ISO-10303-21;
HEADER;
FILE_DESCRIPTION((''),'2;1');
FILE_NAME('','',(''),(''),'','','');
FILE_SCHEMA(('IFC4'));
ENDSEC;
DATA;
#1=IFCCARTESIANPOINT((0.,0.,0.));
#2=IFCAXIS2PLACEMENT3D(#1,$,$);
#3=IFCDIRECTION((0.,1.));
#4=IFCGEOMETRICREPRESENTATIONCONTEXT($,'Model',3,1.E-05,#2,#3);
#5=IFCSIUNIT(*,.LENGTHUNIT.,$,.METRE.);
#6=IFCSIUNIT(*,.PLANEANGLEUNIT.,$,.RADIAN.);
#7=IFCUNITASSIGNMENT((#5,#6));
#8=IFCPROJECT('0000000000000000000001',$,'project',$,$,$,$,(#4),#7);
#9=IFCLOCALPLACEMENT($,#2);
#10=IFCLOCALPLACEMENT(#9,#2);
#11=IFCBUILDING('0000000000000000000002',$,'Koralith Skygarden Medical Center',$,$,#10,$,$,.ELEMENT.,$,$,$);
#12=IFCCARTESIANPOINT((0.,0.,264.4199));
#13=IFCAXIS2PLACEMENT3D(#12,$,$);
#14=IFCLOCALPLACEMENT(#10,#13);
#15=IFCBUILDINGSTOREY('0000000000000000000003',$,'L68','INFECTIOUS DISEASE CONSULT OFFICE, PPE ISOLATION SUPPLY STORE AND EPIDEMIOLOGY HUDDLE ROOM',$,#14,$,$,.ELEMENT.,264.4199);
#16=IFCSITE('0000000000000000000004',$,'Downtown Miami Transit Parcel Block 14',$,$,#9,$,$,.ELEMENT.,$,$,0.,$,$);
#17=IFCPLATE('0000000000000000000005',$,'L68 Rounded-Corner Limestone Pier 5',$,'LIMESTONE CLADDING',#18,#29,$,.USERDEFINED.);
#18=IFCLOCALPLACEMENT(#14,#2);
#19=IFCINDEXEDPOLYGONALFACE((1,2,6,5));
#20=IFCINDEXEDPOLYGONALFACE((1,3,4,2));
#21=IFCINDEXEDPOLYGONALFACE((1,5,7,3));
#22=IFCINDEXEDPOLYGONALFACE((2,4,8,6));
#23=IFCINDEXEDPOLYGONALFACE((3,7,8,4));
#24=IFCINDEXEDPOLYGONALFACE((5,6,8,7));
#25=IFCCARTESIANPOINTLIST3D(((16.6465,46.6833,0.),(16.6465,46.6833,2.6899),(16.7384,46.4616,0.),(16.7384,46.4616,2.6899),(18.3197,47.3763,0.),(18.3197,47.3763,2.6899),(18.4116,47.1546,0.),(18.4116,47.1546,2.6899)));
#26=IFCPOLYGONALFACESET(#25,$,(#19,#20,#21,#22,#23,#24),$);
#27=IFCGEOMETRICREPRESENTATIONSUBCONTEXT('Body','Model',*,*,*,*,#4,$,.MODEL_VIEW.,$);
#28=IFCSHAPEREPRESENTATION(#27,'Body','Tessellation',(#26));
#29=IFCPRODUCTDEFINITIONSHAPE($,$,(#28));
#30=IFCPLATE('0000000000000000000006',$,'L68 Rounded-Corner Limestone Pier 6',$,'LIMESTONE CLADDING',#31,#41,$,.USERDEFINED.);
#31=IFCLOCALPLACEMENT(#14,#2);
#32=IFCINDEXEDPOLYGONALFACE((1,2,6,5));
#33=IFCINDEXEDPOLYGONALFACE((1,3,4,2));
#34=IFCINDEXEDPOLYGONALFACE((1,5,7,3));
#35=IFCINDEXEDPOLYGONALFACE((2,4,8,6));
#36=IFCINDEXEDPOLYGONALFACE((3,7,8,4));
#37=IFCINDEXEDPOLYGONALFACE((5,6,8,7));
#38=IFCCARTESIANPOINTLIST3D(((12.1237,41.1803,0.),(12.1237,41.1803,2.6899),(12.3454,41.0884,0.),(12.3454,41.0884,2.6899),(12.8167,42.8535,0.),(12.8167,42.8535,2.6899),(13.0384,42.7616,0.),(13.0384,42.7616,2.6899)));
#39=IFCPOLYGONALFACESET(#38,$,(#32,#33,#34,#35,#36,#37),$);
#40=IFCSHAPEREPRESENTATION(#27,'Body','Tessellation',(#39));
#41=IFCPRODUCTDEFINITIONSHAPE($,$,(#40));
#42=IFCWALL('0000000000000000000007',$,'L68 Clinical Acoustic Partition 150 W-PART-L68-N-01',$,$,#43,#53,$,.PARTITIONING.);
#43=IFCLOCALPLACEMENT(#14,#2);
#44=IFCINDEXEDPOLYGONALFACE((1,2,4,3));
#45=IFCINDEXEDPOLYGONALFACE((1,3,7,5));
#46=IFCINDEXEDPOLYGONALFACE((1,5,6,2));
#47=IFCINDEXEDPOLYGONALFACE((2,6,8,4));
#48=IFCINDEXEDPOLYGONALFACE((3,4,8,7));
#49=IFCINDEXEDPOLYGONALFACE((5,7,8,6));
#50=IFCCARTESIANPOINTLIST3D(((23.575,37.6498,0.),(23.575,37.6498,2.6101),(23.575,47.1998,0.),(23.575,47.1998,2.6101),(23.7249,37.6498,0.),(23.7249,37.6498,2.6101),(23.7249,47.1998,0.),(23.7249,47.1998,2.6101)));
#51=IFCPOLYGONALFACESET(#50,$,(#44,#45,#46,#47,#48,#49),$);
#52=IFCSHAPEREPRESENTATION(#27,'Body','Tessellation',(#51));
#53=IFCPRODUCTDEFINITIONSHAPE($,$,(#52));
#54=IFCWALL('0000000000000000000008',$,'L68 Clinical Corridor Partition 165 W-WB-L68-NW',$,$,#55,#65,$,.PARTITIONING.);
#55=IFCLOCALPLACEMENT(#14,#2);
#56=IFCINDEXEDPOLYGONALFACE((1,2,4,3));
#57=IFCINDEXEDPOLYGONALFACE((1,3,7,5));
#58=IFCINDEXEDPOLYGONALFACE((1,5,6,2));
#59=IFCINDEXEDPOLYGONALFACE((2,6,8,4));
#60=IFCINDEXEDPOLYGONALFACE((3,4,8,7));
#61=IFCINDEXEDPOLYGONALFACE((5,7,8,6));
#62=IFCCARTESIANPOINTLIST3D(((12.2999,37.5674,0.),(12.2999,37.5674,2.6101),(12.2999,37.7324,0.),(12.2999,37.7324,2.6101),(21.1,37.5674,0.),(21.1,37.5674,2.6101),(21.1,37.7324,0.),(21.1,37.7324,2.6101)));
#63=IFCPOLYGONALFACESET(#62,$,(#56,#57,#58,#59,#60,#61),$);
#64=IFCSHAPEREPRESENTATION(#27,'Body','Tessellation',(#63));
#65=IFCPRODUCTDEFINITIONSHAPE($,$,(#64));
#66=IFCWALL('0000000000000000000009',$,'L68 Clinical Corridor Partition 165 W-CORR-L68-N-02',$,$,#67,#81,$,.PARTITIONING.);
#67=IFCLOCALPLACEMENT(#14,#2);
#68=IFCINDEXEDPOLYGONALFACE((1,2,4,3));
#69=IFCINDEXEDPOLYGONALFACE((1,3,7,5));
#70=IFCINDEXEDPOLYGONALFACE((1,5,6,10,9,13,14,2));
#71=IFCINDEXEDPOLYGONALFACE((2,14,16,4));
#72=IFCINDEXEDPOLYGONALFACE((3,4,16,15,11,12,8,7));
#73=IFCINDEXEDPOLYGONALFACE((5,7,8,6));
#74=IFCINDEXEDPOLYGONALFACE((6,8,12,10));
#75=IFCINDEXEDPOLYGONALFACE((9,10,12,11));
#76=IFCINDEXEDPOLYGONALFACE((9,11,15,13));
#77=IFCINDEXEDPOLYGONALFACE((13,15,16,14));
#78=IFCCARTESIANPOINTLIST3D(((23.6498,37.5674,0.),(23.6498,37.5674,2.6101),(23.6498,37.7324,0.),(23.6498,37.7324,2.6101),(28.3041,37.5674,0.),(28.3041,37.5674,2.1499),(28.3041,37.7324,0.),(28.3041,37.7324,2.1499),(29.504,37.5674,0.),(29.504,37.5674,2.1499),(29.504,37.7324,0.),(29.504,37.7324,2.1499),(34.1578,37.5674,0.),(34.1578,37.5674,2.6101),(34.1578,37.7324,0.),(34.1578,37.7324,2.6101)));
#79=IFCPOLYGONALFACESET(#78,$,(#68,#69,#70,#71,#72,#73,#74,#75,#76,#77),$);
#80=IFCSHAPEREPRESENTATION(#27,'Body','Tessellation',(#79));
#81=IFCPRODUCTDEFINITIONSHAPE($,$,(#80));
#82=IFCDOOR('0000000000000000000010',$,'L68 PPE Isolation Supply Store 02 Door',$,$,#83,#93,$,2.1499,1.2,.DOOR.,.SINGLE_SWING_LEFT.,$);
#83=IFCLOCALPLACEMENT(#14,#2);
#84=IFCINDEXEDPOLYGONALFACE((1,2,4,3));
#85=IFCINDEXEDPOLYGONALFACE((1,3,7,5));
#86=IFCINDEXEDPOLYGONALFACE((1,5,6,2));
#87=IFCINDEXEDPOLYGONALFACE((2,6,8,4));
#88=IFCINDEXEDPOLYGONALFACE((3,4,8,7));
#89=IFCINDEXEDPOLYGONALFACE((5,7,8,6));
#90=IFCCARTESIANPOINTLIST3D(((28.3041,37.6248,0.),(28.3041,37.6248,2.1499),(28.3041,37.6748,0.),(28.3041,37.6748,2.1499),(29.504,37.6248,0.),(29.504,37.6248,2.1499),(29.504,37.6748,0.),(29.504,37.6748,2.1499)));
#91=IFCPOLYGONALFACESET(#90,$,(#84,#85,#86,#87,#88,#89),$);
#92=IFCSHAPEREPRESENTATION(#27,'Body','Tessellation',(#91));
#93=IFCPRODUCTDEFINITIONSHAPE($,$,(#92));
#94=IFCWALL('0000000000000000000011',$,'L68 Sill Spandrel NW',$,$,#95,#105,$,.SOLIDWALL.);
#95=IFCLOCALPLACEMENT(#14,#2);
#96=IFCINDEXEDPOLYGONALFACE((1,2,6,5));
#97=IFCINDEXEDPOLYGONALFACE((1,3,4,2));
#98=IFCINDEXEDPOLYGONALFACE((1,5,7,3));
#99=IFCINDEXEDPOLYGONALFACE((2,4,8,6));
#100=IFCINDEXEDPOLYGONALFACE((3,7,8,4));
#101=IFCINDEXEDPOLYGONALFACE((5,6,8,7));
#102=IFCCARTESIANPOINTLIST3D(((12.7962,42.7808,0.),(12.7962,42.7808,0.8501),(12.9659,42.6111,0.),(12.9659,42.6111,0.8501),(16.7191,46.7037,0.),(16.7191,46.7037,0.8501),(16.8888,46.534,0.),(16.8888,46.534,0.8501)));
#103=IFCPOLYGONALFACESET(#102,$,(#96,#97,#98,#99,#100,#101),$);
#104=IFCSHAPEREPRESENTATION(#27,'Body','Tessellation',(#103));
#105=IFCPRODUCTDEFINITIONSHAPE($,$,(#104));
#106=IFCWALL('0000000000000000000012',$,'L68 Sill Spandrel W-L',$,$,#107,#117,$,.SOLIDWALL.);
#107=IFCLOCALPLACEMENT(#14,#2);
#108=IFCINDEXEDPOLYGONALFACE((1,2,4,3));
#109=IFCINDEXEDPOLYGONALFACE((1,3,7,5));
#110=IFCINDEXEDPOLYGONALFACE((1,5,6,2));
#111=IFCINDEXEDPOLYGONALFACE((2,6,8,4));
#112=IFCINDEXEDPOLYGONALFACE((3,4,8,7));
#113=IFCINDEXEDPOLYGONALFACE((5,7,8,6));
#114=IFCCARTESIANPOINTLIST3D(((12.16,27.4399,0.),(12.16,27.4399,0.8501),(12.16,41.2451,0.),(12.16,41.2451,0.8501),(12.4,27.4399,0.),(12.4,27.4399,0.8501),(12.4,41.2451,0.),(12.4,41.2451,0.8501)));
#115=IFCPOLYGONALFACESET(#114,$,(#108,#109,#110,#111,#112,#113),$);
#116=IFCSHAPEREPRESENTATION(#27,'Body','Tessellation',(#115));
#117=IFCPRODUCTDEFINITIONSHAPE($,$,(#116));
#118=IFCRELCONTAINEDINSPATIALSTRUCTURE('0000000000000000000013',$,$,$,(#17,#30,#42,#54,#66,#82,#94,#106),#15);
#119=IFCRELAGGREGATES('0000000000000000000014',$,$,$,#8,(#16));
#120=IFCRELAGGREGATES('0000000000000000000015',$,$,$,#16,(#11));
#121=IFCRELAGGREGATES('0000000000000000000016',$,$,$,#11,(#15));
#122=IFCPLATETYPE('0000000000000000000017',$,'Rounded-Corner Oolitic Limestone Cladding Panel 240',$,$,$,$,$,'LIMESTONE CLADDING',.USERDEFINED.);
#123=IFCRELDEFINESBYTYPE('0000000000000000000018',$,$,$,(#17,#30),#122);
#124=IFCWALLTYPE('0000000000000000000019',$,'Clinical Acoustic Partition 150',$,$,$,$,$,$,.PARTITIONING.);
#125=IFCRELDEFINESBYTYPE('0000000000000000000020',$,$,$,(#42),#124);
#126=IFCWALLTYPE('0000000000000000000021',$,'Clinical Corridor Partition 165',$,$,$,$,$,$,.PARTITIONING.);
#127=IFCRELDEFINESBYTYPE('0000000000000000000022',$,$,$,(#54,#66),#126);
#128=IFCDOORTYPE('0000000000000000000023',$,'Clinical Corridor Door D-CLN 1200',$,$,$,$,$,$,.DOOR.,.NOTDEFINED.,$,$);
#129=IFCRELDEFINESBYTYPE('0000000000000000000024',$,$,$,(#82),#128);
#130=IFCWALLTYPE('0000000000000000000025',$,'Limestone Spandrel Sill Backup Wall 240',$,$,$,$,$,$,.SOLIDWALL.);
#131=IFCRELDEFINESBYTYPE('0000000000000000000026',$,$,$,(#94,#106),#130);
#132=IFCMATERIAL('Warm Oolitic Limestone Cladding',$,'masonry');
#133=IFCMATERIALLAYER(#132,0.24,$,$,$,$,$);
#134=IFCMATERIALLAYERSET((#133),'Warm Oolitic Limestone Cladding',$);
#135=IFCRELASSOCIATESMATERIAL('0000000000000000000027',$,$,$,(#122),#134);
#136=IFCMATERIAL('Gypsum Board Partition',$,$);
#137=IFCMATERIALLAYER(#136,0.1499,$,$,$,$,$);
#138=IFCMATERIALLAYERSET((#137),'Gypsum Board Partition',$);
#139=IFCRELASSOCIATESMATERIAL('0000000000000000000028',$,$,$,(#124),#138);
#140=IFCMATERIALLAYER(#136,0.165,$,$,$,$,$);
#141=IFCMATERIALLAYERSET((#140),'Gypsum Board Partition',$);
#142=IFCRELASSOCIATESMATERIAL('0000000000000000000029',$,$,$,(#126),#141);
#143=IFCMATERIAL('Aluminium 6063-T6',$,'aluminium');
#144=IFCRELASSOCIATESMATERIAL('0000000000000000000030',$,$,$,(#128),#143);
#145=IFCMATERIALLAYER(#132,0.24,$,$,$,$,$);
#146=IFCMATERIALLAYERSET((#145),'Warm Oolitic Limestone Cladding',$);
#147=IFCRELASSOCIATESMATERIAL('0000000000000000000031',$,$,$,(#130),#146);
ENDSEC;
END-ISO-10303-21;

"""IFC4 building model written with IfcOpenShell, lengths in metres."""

from ifc_helpers import new_model, si_unit, direction, frame, frame_2d, origin, origin_2d, place, context, subcontext, project, spatial, rectangle, extrude, material, layer, layer_set, type_object, element, fill, save


model = new_model("IFC4")

# Units and contexts
model_context = context("Model", 3, precision=1e-05, world=origin(), true_north=direction((0.0, 1.0)))
body_context = subcontext(model_context, "Body", "Model", "MODEL_VIEW")
ifc_project = project(units=[si_unit("LENGTHUNIT", "METRE"), si_unit("PLANEANGLEUNIT", "RADIAN")], contexts=[model_context])

# Site, building, storey
site_placement = place(None, origin())
site = spatial("IfcSite", under=ifc_project, at=site_placement, Name="Downtown Miami Transit Parcel Block 14", CompositionType="ELEMENT", RefElevation=0.0)
building_placement = place(site_placement, origin())
building = spatial("IfcBuilding", under=site, at=building_placement, Name="Koralith Skygarden Medical Center", CompositionType="ELEMENT")
storey_placement = place(building_placement, frame((0.0, 0.0, 264.4199)))
storey = spatial("IfcBuildingStorey", under=building, at=storey_placement, Name="L68", Description="INFECTIOUS DISEASE CONSULT OFFICE, PPE ISOLATION SUPPLY STORE AND EPIDEMIOLOGY HUDDLE ROOM", CompositionType="ELEMENT", Elevation=264.4199)

# Shared definitions
ifc_material_1 = material(Name="Aluminium 6063-T6", Category="aluminium")

# Plates
ifc_material_2 = material(Name="Warm Oolitic Limestone Cladding", Category="masonry")
ifc_layer_1 = layer(ifc_material_2, 0.24)
ifc_layer_set_1 = layer_set([ifc_layer_1], Name="Warm Oolitic Limestone Cladding")
plate_type_1 = type_object("IfcPlateType", Name="Rounded-Corner Oolitic Limestone Cladding Panel 240", ElementType="LIMESTONE CLADDING", PredefinedType="USERDEFINED", material=ifc_layer_set_1)
for number, where, z_axis, x_axis, name in (
    (1, (17.5291, 46.9189, 0.0), (0.0, 0.0, 1.0), (-0.923885, -0.382671, 0.0), "L68 Rounded-Corner Limestone Pier 5"),
    (2, (12.5811, 41.9709, 0.0), (0.0, 0.0, 1.0), (-0.382671, -0.923885, 0.0), "L68 Rounded-Corner Limestone Pier 6"),
):
    element("IfcPlate", number, at=place(storey_placement, frame(where, z_axis=z_axis, x_axis=x_axis)), inside=storey, type_object=plate_type_1, Name=name, ObjectType="LIMESTONE CLADDING", PredefinedType="USERDEFINED", context=body_context, shape_type="SweptSolid", body=[
        extrude(rectangle(XDim=1.811, YDim=0.24, at=origin_2d()), origin(), (0.0, 0.0, 1.0), 2.6899),
    ])

# Walls
ifc_material_3 = material(Name="Gypsum Board Partition")
ifc_layer_2 = layer(ifc_material_3, 0.1499)
ifc_layer_set_2 = layer_set([ifc_layer_2], Name="Gypsum Board Partition")
wall_type_1 = type_object("IfcWallType", Name="Clinical Acoustic Partition 150", PredefinedType="PARTITIONING", material=ifc_layer_set_2)
wall_1_placement = place(storey_placement, frame((23.6499, 37.6499, 0.0), z_axis=(0.0, 0.0, 1.0), x_axis=(0.0, 1.0, 0.0)))
element("IfcWall", 3, at=wall_1_placement, inside=storey, type_object=wall_type_1, Name="L68 Clinical Acoustic Partition 150 W-PART-L68-N-01", PredefinedType="PARTITIONING", context=body_context, shape_type="SweptSolid", body=[
    extrude(rectangle(XDim=9.55, YDim=0.1499, at=frame_2d((4.7749, 0.0))), origin(), (0.0, 0.0, 1.0), 2.6101),
])
ifc_layer_3 = layer(ifc_material_3, 0.165)
ifc_layer_set_3 = layer_set([ifc_layer_3], Name="Gypsum Board Partition")
wall_type_2 = type_object("IfcWallType", Name="Clinical Corridor Partition 165", PredefinedType="PARTITIONING", material=ifc_layer_set_3)
wall_2_placement = place(storey_placement, frame((12.3, 37.6499, 0.0), z_axis=(0.0, 0.0, 1.0), x_axis=(1.0, 0.0, 0.0)))
element("IfcWall", 4, at=wall_2_placement, inside=storey, type_object=wall_type_2, Name="L68 Clinical Corridor Partition 165 W-WB-L68-NW", PredefinedType="PARTITIONING", context=body_context, shape_type="SweptSolid", body=[
    extrude(rectangle(XDim=8.8, YDim=0.165, at=frame_2d((4.3999, 0.0))), origin(), (0.0, 0.0, 1.0), 2.6101),
])

# Wall, opening, door
wall_3_placement = place(storey_placement, frame((23.6499, 37.6499, 0.0), z_axis=(0.0, 0.0, 1.0), x_axis=(1.0, 0.0, 0.0)))
wall_3 = element("IfcWall", 5, at=wall_3_placement, inside=storey, type_object=wall_type_2, Name="L68 Clinical Corridor Partition 165 W-CORR-L68-N-02", PredefinedType="PARTITIONING", context=body_context, shape_type="SweptSolid", body=[
    extrude(rectangle(XDim=10.5081, YDim=0.165, at=frame_2d((5.2539, 0.0))), origin(), (0.0, 0.0, 1.0), 2.6101),
])
opening_1_placement = place(wall_3_placement, frame((4.6541, 0.0, 0.0)))
opening_1 = element("IfcOpeningElement", 6, at=opening_1_placement, cuts=wall_3, PredefinedType="OPENING", context=body_context, shape_type="SweptSolid", body=[
    extrude(rectangle(XDim=1.2, YDim=2.1499, at=frame_2d((0.6001, 1.075))), frame((0.0, 0.0925, 0.0), z_axis=(0.0, -1.0, 0.0), x_axis=(1.0, 0.0, 0.0)), (0.0, 0.0, 1.0), 0.1851),
])
door_type_1 = type_object("IfcDoorType", Name="Clinical Corridor Door D-CLN 1200", OperationType="NOTDEFINED", PredefinedType="DOOR", material=ifc_material_1)
door_1_placement = place(opening_1_placement, origin())
door_1 = element("IfcDoor", 7, at=door_1_placement, inside=storey, type_object=door_type_1, Name="L68 PPE Isolation Supply Store 02 Door", OperationType="SINGLE_SWING_LEFT", OverallHeight=2.1499, OverallWidth=1.2, PredefinedType="DOOR", context=body_context, shape_type="SweptSolid", body=[
    extrude(rectangle(XDim=1.2, YDim=2.1499, at=frame_2d((0.6001, 1.075))), frame((0.0, 0.0249, 0.0), z_axis=(0.0, -1.0, 0.0), x_axis=(1.0, 0.0, 0.0)), (0.0, 0.0, 1.0), 0.05),
])
fill(opening_1, door_1)

# Walls
ifc_layer_4 = layer(ifc_material_2, 0.24)
ifc_layer_set_4 = layer_set([ifc_layer_4], Name="Warm Oolitic Limestone Cladding")
wall_type_3 = type_object("IfcWallType", Name="Limestone Spandrel Sill Backup Wall 240", PredefinedType="SOLIDWALL", material=ifc_layer_set_4)
wall_4_placement = place(storey_placement, frame((16.804, 46.6189, 0.0), z_axis=(0.0, 0.0, 1.0), x_axis=(-0.707107, -0.707107, 0.0)))
element("IfcWall", 8, at=wall_4_placement, inside=storey, type_object=wall_type_3, Name="L68 Sill Spandrel NW", PredefinedType="SOLIDWALL", context=body_context, shape_type="SweptSolid", body=[
    extrude(rectangle(XDim=5.5479, YDim=0.24, at=frame_2d((2.7739, 0.0))), origin(), (0.0, 0.0, 1.0), 0.8501),
])
wall_5_placement = place(storey_placement, frame((12.28, 41.2451, 0.0), z_axis=(0.0, 0.0, 1.0), x_axis=(0.0, -1.0, 0.0)))
element("IfcWall", 9, at=wall_5_placement, inside=storey, type_object=wall_type_3, Name="L68 Sill Spandrel W-L", PredefinedType="SOLIDWALL", context=body_context, shape_type="SweptSolid", body=[
    extrude(rectangle(XDim=13.8052, YDim=0.24, at=frame_2d((6.9026, 0.0))), origin(), (0.0, 0.0, 1.0), 0.8501),
])

save(model, "model.ifc")
